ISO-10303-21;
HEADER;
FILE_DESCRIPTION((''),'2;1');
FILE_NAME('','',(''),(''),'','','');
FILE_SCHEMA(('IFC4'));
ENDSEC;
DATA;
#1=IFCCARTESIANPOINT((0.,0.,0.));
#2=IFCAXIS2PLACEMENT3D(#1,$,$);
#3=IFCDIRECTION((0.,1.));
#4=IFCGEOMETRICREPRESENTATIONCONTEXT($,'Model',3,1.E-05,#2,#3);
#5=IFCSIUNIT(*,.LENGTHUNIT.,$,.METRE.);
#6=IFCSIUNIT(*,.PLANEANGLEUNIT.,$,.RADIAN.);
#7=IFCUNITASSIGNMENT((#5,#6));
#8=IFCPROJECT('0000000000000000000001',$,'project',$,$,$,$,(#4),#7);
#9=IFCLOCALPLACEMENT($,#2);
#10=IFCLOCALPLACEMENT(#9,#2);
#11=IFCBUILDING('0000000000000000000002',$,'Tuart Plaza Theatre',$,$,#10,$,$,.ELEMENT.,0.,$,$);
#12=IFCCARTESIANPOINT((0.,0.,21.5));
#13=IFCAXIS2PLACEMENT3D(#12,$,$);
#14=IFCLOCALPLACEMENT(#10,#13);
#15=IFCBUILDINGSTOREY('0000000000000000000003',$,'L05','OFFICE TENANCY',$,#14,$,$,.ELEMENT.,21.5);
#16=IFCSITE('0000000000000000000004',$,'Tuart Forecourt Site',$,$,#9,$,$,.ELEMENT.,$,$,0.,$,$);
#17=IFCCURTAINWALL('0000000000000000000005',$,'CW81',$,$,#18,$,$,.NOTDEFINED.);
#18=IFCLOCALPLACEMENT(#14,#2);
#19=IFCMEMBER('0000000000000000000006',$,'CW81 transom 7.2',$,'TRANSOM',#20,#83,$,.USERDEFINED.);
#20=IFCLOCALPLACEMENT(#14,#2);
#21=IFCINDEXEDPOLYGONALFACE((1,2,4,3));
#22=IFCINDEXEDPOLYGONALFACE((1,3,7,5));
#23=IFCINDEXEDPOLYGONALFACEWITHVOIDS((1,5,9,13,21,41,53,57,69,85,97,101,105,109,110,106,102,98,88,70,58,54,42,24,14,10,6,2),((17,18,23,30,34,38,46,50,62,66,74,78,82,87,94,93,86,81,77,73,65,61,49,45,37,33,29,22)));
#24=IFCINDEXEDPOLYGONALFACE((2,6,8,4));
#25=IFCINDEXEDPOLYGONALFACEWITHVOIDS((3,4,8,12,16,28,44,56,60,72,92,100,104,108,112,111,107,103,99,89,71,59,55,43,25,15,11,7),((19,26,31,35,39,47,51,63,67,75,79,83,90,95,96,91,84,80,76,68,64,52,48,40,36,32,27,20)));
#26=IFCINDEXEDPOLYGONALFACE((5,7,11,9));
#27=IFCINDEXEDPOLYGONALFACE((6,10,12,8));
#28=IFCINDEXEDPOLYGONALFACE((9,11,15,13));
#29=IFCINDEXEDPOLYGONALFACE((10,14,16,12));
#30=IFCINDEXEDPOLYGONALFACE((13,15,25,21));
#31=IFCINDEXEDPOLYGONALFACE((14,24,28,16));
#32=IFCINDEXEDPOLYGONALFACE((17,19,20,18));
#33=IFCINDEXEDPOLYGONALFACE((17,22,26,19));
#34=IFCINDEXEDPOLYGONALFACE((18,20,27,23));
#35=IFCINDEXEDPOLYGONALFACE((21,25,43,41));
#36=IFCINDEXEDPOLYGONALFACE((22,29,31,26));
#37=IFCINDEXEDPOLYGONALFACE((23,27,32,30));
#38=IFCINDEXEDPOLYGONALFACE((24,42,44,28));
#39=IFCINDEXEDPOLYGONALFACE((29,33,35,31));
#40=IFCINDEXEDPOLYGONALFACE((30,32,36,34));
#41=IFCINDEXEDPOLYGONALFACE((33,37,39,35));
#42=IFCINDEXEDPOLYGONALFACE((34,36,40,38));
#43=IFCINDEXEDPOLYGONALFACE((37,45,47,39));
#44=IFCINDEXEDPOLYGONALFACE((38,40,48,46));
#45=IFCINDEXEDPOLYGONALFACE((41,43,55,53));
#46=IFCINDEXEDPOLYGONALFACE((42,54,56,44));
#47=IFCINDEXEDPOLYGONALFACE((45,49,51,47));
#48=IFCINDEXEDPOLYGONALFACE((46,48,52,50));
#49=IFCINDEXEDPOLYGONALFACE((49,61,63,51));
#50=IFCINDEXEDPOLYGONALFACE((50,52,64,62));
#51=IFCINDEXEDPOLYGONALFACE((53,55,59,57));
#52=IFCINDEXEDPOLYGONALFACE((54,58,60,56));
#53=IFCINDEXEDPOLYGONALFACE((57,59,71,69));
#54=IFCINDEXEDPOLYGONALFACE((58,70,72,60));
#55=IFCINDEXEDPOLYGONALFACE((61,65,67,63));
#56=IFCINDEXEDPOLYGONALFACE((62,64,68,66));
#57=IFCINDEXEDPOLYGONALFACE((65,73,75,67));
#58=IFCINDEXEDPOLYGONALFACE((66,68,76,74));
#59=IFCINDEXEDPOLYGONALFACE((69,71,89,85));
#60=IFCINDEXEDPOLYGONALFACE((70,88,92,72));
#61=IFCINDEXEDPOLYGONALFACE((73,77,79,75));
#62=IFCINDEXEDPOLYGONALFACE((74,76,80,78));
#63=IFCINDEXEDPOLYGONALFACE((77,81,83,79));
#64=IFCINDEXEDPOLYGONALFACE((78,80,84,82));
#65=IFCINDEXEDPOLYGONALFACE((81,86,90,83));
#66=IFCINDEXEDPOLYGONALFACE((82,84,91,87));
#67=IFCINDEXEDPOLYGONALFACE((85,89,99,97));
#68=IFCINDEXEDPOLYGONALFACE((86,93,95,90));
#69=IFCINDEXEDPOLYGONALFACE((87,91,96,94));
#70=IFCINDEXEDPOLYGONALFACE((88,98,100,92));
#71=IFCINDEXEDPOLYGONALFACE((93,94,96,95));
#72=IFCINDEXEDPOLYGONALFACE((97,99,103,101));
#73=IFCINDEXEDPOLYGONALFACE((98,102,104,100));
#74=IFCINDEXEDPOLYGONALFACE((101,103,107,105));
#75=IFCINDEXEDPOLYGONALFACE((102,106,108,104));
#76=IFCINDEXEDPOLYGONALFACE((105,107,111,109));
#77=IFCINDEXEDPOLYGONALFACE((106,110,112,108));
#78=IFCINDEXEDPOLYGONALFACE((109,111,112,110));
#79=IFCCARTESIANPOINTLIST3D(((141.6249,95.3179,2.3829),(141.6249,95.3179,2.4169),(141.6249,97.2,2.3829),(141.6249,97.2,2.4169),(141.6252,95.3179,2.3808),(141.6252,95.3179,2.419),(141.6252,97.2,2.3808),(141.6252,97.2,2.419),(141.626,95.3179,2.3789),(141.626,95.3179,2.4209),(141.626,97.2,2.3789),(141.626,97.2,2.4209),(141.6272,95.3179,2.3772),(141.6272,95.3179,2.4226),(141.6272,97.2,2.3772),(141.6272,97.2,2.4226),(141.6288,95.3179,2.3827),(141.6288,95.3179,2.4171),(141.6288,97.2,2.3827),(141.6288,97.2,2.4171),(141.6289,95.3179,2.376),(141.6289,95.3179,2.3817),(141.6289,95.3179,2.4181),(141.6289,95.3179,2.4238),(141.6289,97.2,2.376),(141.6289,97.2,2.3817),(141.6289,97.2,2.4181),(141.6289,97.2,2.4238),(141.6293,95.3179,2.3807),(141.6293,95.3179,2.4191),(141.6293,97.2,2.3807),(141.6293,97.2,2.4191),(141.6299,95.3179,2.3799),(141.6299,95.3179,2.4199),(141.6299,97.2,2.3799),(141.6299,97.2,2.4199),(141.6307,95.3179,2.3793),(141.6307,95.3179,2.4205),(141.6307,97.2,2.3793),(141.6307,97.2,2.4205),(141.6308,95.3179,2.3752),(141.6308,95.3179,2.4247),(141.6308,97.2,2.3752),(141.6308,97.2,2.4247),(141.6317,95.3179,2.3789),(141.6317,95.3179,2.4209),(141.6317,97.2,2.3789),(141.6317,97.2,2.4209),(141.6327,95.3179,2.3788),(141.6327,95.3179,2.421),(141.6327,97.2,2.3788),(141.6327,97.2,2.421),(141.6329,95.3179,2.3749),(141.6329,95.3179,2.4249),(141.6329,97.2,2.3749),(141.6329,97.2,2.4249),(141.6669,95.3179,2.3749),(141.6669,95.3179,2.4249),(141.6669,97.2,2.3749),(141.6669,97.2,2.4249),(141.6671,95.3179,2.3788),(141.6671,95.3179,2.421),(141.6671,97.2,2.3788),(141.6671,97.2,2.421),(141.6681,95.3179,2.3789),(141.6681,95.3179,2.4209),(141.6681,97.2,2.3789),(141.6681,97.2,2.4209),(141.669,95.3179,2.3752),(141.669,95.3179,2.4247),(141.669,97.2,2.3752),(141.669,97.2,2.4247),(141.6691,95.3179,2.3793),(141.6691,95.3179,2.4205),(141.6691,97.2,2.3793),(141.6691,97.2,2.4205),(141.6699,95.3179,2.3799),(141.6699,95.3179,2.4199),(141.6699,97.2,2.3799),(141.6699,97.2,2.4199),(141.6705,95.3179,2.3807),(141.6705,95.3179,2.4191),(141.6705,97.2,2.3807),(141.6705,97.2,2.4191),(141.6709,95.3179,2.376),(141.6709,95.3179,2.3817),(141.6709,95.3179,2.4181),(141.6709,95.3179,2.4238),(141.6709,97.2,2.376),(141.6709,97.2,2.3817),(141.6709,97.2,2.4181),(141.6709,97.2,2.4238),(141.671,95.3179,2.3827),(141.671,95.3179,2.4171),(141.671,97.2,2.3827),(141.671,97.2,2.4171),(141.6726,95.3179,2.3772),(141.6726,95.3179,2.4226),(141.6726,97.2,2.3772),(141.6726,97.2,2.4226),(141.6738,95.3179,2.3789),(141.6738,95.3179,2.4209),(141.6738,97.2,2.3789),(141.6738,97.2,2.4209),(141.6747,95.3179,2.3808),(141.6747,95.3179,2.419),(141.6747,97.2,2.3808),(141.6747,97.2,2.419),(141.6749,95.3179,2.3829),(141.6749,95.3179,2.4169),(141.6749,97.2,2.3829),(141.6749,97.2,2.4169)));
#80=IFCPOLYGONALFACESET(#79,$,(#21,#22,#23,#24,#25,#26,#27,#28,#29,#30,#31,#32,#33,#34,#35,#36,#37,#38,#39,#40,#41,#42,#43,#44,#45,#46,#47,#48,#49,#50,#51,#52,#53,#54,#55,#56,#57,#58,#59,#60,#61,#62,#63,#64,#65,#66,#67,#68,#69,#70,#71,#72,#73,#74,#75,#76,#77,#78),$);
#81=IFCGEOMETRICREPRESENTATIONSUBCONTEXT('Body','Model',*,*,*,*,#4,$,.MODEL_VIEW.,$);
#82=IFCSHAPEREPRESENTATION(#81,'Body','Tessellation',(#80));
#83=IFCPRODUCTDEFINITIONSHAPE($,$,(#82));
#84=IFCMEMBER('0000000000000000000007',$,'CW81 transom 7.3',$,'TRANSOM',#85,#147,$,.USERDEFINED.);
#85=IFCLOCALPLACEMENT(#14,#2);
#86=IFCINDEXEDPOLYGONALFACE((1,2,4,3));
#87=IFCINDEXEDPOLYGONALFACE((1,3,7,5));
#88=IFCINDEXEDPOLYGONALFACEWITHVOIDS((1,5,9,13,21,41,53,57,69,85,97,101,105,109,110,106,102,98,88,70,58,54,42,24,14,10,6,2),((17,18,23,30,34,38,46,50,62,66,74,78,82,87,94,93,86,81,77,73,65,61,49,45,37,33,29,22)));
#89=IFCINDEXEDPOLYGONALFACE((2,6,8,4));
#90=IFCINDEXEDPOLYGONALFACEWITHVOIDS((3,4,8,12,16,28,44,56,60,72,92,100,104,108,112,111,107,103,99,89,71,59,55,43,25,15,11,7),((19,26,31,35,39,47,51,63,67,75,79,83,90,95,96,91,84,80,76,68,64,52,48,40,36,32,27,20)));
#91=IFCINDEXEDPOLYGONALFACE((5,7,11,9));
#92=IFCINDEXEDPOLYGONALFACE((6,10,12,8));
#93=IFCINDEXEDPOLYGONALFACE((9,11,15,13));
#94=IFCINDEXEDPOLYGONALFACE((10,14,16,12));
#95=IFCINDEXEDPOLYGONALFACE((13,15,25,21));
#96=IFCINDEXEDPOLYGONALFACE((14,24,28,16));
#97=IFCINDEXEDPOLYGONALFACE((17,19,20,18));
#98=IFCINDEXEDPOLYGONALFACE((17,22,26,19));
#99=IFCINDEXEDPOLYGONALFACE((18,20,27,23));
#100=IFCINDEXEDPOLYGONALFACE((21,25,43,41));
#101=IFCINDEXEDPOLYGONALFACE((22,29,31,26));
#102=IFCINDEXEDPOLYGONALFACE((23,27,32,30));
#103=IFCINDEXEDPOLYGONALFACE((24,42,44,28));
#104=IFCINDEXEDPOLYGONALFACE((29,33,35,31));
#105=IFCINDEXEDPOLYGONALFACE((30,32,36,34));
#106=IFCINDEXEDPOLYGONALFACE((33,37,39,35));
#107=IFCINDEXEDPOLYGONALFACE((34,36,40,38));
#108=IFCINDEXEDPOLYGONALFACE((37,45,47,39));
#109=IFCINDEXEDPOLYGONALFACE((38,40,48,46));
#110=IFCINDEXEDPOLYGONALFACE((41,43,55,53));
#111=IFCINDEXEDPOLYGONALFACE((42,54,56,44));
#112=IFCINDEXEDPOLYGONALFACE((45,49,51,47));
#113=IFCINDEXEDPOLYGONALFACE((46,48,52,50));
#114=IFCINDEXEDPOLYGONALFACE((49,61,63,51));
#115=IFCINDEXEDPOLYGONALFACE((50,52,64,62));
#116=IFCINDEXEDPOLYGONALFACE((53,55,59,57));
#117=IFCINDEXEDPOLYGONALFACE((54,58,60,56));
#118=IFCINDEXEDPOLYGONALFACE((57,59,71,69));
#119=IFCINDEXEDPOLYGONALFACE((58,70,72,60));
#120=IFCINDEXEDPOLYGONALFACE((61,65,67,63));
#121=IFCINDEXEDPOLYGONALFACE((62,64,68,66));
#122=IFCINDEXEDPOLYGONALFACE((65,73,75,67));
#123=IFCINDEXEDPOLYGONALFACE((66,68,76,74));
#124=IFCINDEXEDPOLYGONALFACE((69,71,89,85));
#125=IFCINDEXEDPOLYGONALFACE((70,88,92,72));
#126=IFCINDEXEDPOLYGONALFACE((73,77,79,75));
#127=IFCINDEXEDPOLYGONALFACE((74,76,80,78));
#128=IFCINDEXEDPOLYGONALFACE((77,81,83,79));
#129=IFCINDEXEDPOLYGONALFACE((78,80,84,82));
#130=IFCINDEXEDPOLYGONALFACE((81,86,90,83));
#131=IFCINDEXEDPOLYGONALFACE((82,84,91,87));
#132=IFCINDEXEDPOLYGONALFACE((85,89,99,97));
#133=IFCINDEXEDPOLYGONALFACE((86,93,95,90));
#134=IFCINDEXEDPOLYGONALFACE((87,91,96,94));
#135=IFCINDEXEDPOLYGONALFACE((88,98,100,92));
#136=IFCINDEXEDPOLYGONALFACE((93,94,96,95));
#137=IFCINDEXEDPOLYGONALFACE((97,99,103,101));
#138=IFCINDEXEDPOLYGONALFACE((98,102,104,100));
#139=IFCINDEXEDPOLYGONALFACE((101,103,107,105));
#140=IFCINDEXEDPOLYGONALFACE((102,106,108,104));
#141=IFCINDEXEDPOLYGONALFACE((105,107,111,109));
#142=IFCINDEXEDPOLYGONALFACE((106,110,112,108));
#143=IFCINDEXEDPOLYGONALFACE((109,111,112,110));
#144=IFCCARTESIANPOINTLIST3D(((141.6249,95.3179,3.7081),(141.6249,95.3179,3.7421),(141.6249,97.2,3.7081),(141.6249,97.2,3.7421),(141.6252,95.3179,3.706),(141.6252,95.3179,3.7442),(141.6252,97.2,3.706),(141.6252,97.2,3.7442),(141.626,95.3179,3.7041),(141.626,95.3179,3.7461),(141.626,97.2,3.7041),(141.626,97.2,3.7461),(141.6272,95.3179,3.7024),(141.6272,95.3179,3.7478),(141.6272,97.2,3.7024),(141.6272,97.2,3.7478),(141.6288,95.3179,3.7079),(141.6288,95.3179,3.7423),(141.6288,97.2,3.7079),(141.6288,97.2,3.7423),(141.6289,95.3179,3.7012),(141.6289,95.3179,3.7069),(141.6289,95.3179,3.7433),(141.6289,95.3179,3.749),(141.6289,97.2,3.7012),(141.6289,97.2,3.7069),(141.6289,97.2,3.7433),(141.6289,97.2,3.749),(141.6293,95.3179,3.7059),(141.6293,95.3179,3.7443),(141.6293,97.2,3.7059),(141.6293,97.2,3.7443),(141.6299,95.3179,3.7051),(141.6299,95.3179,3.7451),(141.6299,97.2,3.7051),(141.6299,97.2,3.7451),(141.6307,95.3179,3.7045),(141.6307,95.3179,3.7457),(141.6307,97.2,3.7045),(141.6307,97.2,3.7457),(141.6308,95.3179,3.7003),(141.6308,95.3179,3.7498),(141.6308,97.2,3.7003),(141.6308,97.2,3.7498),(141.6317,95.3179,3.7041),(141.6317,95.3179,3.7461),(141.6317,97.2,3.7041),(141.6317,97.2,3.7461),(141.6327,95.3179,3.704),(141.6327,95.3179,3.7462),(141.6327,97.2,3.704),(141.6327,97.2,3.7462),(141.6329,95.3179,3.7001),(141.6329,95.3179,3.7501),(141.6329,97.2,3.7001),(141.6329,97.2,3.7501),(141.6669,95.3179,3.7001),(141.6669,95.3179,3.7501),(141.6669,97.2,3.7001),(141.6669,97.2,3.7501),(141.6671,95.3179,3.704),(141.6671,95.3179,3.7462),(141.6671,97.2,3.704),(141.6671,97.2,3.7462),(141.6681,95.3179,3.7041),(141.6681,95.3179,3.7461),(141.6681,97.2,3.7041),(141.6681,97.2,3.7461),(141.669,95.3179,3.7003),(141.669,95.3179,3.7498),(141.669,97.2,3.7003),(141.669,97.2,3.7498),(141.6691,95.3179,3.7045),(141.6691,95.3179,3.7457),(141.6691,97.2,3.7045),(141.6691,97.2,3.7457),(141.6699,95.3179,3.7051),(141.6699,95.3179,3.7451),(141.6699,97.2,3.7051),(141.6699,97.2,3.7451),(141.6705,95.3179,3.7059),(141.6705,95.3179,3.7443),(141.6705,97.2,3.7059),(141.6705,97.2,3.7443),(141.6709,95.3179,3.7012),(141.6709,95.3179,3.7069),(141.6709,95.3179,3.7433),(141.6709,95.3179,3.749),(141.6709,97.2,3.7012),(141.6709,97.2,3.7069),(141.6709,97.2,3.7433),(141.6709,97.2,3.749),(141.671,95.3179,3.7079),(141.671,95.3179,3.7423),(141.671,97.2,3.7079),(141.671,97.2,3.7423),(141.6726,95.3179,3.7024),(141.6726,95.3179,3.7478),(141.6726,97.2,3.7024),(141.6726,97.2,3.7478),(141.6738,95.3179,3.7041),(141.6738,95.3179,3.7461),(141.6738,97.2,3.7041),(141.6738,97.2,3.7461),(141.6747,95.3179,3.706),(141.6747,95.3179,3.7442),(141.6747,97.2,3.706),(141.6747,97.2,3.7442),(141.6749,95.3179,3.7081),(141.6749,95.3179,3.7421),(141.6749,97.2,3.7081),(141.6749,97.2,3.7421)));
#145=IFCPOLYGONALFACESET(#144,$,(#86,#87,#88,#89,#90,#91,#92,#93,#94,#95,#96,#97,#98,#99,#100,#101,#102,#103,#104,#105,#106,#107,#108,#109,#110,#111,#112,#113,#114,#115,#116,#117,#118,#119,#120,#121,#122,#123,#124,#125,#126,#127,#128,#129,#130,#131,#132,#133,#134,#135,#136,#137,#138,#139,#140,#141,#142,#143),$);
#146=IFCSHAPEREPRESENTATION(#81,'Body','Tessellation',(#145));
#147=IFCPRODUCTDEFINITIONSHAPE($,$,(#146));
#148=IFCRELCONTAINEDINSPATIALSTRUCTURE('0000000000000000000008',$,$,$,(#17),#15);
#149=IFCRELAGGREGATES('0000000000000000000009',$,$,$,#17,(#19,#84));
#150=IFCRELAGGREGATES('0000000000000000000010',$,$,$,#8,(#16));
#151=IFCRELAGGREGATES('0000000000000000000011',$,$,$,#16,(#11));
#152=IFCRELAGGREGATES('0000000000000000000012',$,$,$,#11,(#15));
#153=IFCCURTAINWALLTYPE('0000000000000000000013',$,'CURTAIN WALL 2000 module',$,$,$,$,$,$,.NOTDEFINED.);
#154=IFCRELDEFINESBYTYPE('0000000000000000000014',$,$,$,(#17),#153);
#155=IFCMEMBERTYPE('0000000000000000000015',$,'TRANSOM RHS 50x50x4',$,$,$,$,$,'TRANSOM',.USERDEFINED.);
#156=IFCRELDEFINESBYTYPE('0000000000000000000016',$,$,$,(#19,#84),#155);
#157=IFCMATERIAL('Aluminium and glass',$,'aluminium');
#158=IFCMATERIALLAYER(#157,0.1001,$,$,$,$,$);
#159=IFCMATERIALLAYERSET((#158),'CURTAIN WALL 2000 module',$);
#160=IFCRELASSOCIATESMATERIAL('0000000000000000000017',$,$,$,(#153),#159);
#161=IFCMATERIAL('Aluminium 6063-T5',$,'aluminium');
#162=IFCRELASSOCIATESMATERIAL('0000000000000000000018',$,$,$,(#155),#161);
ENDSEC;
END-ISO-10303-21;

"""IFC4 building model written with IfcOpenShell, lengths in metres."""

from ifc_helpers import new_model, si_unit, direction, frame, origin, origin_2d, place, context, subcontext, project, spatial, hollow_rectangle, extrude, material, layer, layer_set, material_profile, profile_set, type_object, element, aggregate, save


model = new_model("IFC4")

# Units and contexts
model_context = context("Model", 3, precision=1e-05, world=origin(), true_north=direction((0.0, 1.0)))
body_context = subcontext(model_context, "Body", "Model", "MODEL_VIEW")
ifc_project = project(units=[si_unit("LENGTHUNIT", "METRE"), si_unit("PLANEANGLEUNIT", "RADIAN")], contexts=[model_context])

# Site, building, storey
site_placement = place(None, origin())
site = spatial("IfcSite", under=ifc_project, at=site_placement, Name="Tuart Forecourt Site", CompositionType="ELEMENT", RefElevation=0.0)
building_placement = place(site_placement, origin())
building = spatial("IfcBuilding", under=site, at=building_placement, Name="Tuart Plaza Theatre", CompositionType="ELEMENT", ElevationOfRefHeight=0.0)
storey_placement = place(building_placement, frame((0.0, 0.0, 21.5)))
storey = spatial("IfcBuildingStorey", under=building, at=storey_placement, Name="L05", Description="OFFICE TENANCY", CompositionType="ELEMENT", Elevation=21.5)

# Curtain wall
ifc_material_1 = material(Name="Aluminium and glass", Category="aluminium")
ifc_layer_1 = layer(ifc_material_1, 0.1001)
ifc_layer_set_1 = layer_set([ifc_layer_1], Name="CURTAIN WALL 2000 module")
curtain_wall_type = type_object("IfcCurtainWallType", Name="CURTAIN WALL 2000 module", PredefinedType="NOTDEFINED", material=ifc_layer_set_1)
curtain_wall_1_placement = place(storey_placement, origin())
curtain_wall_1 = element("IfcCurtainWall", 1, at=curtain_wall_1_placement, inside=storey, type_object=curtain_wall_type, Name="CW81", PredefinedType="NOTDEFINED")

# Members
ifc_material_2 = material(Name="Aluminium 6063-T5", Category="aluminium")
ifc_material_profile_1 = material_profile(ifc_material_2, hollow_rectangle(XDim=0.05, YDim=0.05, WallThickness=0.0039, InnerFilletRadius=0.0039, OuterFilletRadius=0.0081, at=origin_2d()), Name="RHS 50x50x4")
ifc_profile_set_1 = profile_set([ifc_material_profile_1], Name="Aluminium 6063-T5")
member_type_1 = type_object("IfcMemberType", Name="TRANSOM RHS 50x50x4", ElementType="TRANSOM", PredefinedType="USERDEFINED", material=ifc_profile_set_1)
member_1_placement = place(storey_placement, frame((141.6499, 95.3179, 2.3999), z_axis=(0.0, 1.0, 0.0), x_axis=(-1.0, 0.0, 0.0)))
member_1 = element("IfcMember", 2, at=member_1_placement, type_object=member_type_1, Name="CW81 transom 7.2", ObjectType="TRANSOM", PredefinedType="USERDEFINED", context=body_context, shape_type="SweptSolid", body=[
    extrude(hollow_rectangle(XDim=0.05, YDim=0.05, WallThickness=0.0039, InnerFilletRadius=0.0039, OuterFilletRadius=0.0081, at=origin_2d()), origin(), (0.0, 0.0, 1.0), 1.8821),
])
member_2_placement = place(storey_placement, frame((141.6499, 95.3179, 3.7251), z_axis=(0.0, 1.0, 0.0), x_axis=(-1.0, 0.0, 0.0)))
member_2 = element("IfcMember", 3, at=member_2_placement, type_object=member_type_1, Name="CW81 transom 7.3", ObjectType="TRANSOM", PredefinedType="USERDEFINED", context=body_context, shape_type="SweptSolid", body=[
    extrude(hollow_rectangle(XDim=0.05, YDim=0.05, WallThickness=0.0039, InnerFilletRadius=0.0039, OuterFilletRadius=0.0081, at=origin_2d()), origin(), (0.0, 0.0, 1.0), 1.8821),
])

aggregate(curtain_wall_1, [member_1, member_2])

save(model, "model.ifc")
